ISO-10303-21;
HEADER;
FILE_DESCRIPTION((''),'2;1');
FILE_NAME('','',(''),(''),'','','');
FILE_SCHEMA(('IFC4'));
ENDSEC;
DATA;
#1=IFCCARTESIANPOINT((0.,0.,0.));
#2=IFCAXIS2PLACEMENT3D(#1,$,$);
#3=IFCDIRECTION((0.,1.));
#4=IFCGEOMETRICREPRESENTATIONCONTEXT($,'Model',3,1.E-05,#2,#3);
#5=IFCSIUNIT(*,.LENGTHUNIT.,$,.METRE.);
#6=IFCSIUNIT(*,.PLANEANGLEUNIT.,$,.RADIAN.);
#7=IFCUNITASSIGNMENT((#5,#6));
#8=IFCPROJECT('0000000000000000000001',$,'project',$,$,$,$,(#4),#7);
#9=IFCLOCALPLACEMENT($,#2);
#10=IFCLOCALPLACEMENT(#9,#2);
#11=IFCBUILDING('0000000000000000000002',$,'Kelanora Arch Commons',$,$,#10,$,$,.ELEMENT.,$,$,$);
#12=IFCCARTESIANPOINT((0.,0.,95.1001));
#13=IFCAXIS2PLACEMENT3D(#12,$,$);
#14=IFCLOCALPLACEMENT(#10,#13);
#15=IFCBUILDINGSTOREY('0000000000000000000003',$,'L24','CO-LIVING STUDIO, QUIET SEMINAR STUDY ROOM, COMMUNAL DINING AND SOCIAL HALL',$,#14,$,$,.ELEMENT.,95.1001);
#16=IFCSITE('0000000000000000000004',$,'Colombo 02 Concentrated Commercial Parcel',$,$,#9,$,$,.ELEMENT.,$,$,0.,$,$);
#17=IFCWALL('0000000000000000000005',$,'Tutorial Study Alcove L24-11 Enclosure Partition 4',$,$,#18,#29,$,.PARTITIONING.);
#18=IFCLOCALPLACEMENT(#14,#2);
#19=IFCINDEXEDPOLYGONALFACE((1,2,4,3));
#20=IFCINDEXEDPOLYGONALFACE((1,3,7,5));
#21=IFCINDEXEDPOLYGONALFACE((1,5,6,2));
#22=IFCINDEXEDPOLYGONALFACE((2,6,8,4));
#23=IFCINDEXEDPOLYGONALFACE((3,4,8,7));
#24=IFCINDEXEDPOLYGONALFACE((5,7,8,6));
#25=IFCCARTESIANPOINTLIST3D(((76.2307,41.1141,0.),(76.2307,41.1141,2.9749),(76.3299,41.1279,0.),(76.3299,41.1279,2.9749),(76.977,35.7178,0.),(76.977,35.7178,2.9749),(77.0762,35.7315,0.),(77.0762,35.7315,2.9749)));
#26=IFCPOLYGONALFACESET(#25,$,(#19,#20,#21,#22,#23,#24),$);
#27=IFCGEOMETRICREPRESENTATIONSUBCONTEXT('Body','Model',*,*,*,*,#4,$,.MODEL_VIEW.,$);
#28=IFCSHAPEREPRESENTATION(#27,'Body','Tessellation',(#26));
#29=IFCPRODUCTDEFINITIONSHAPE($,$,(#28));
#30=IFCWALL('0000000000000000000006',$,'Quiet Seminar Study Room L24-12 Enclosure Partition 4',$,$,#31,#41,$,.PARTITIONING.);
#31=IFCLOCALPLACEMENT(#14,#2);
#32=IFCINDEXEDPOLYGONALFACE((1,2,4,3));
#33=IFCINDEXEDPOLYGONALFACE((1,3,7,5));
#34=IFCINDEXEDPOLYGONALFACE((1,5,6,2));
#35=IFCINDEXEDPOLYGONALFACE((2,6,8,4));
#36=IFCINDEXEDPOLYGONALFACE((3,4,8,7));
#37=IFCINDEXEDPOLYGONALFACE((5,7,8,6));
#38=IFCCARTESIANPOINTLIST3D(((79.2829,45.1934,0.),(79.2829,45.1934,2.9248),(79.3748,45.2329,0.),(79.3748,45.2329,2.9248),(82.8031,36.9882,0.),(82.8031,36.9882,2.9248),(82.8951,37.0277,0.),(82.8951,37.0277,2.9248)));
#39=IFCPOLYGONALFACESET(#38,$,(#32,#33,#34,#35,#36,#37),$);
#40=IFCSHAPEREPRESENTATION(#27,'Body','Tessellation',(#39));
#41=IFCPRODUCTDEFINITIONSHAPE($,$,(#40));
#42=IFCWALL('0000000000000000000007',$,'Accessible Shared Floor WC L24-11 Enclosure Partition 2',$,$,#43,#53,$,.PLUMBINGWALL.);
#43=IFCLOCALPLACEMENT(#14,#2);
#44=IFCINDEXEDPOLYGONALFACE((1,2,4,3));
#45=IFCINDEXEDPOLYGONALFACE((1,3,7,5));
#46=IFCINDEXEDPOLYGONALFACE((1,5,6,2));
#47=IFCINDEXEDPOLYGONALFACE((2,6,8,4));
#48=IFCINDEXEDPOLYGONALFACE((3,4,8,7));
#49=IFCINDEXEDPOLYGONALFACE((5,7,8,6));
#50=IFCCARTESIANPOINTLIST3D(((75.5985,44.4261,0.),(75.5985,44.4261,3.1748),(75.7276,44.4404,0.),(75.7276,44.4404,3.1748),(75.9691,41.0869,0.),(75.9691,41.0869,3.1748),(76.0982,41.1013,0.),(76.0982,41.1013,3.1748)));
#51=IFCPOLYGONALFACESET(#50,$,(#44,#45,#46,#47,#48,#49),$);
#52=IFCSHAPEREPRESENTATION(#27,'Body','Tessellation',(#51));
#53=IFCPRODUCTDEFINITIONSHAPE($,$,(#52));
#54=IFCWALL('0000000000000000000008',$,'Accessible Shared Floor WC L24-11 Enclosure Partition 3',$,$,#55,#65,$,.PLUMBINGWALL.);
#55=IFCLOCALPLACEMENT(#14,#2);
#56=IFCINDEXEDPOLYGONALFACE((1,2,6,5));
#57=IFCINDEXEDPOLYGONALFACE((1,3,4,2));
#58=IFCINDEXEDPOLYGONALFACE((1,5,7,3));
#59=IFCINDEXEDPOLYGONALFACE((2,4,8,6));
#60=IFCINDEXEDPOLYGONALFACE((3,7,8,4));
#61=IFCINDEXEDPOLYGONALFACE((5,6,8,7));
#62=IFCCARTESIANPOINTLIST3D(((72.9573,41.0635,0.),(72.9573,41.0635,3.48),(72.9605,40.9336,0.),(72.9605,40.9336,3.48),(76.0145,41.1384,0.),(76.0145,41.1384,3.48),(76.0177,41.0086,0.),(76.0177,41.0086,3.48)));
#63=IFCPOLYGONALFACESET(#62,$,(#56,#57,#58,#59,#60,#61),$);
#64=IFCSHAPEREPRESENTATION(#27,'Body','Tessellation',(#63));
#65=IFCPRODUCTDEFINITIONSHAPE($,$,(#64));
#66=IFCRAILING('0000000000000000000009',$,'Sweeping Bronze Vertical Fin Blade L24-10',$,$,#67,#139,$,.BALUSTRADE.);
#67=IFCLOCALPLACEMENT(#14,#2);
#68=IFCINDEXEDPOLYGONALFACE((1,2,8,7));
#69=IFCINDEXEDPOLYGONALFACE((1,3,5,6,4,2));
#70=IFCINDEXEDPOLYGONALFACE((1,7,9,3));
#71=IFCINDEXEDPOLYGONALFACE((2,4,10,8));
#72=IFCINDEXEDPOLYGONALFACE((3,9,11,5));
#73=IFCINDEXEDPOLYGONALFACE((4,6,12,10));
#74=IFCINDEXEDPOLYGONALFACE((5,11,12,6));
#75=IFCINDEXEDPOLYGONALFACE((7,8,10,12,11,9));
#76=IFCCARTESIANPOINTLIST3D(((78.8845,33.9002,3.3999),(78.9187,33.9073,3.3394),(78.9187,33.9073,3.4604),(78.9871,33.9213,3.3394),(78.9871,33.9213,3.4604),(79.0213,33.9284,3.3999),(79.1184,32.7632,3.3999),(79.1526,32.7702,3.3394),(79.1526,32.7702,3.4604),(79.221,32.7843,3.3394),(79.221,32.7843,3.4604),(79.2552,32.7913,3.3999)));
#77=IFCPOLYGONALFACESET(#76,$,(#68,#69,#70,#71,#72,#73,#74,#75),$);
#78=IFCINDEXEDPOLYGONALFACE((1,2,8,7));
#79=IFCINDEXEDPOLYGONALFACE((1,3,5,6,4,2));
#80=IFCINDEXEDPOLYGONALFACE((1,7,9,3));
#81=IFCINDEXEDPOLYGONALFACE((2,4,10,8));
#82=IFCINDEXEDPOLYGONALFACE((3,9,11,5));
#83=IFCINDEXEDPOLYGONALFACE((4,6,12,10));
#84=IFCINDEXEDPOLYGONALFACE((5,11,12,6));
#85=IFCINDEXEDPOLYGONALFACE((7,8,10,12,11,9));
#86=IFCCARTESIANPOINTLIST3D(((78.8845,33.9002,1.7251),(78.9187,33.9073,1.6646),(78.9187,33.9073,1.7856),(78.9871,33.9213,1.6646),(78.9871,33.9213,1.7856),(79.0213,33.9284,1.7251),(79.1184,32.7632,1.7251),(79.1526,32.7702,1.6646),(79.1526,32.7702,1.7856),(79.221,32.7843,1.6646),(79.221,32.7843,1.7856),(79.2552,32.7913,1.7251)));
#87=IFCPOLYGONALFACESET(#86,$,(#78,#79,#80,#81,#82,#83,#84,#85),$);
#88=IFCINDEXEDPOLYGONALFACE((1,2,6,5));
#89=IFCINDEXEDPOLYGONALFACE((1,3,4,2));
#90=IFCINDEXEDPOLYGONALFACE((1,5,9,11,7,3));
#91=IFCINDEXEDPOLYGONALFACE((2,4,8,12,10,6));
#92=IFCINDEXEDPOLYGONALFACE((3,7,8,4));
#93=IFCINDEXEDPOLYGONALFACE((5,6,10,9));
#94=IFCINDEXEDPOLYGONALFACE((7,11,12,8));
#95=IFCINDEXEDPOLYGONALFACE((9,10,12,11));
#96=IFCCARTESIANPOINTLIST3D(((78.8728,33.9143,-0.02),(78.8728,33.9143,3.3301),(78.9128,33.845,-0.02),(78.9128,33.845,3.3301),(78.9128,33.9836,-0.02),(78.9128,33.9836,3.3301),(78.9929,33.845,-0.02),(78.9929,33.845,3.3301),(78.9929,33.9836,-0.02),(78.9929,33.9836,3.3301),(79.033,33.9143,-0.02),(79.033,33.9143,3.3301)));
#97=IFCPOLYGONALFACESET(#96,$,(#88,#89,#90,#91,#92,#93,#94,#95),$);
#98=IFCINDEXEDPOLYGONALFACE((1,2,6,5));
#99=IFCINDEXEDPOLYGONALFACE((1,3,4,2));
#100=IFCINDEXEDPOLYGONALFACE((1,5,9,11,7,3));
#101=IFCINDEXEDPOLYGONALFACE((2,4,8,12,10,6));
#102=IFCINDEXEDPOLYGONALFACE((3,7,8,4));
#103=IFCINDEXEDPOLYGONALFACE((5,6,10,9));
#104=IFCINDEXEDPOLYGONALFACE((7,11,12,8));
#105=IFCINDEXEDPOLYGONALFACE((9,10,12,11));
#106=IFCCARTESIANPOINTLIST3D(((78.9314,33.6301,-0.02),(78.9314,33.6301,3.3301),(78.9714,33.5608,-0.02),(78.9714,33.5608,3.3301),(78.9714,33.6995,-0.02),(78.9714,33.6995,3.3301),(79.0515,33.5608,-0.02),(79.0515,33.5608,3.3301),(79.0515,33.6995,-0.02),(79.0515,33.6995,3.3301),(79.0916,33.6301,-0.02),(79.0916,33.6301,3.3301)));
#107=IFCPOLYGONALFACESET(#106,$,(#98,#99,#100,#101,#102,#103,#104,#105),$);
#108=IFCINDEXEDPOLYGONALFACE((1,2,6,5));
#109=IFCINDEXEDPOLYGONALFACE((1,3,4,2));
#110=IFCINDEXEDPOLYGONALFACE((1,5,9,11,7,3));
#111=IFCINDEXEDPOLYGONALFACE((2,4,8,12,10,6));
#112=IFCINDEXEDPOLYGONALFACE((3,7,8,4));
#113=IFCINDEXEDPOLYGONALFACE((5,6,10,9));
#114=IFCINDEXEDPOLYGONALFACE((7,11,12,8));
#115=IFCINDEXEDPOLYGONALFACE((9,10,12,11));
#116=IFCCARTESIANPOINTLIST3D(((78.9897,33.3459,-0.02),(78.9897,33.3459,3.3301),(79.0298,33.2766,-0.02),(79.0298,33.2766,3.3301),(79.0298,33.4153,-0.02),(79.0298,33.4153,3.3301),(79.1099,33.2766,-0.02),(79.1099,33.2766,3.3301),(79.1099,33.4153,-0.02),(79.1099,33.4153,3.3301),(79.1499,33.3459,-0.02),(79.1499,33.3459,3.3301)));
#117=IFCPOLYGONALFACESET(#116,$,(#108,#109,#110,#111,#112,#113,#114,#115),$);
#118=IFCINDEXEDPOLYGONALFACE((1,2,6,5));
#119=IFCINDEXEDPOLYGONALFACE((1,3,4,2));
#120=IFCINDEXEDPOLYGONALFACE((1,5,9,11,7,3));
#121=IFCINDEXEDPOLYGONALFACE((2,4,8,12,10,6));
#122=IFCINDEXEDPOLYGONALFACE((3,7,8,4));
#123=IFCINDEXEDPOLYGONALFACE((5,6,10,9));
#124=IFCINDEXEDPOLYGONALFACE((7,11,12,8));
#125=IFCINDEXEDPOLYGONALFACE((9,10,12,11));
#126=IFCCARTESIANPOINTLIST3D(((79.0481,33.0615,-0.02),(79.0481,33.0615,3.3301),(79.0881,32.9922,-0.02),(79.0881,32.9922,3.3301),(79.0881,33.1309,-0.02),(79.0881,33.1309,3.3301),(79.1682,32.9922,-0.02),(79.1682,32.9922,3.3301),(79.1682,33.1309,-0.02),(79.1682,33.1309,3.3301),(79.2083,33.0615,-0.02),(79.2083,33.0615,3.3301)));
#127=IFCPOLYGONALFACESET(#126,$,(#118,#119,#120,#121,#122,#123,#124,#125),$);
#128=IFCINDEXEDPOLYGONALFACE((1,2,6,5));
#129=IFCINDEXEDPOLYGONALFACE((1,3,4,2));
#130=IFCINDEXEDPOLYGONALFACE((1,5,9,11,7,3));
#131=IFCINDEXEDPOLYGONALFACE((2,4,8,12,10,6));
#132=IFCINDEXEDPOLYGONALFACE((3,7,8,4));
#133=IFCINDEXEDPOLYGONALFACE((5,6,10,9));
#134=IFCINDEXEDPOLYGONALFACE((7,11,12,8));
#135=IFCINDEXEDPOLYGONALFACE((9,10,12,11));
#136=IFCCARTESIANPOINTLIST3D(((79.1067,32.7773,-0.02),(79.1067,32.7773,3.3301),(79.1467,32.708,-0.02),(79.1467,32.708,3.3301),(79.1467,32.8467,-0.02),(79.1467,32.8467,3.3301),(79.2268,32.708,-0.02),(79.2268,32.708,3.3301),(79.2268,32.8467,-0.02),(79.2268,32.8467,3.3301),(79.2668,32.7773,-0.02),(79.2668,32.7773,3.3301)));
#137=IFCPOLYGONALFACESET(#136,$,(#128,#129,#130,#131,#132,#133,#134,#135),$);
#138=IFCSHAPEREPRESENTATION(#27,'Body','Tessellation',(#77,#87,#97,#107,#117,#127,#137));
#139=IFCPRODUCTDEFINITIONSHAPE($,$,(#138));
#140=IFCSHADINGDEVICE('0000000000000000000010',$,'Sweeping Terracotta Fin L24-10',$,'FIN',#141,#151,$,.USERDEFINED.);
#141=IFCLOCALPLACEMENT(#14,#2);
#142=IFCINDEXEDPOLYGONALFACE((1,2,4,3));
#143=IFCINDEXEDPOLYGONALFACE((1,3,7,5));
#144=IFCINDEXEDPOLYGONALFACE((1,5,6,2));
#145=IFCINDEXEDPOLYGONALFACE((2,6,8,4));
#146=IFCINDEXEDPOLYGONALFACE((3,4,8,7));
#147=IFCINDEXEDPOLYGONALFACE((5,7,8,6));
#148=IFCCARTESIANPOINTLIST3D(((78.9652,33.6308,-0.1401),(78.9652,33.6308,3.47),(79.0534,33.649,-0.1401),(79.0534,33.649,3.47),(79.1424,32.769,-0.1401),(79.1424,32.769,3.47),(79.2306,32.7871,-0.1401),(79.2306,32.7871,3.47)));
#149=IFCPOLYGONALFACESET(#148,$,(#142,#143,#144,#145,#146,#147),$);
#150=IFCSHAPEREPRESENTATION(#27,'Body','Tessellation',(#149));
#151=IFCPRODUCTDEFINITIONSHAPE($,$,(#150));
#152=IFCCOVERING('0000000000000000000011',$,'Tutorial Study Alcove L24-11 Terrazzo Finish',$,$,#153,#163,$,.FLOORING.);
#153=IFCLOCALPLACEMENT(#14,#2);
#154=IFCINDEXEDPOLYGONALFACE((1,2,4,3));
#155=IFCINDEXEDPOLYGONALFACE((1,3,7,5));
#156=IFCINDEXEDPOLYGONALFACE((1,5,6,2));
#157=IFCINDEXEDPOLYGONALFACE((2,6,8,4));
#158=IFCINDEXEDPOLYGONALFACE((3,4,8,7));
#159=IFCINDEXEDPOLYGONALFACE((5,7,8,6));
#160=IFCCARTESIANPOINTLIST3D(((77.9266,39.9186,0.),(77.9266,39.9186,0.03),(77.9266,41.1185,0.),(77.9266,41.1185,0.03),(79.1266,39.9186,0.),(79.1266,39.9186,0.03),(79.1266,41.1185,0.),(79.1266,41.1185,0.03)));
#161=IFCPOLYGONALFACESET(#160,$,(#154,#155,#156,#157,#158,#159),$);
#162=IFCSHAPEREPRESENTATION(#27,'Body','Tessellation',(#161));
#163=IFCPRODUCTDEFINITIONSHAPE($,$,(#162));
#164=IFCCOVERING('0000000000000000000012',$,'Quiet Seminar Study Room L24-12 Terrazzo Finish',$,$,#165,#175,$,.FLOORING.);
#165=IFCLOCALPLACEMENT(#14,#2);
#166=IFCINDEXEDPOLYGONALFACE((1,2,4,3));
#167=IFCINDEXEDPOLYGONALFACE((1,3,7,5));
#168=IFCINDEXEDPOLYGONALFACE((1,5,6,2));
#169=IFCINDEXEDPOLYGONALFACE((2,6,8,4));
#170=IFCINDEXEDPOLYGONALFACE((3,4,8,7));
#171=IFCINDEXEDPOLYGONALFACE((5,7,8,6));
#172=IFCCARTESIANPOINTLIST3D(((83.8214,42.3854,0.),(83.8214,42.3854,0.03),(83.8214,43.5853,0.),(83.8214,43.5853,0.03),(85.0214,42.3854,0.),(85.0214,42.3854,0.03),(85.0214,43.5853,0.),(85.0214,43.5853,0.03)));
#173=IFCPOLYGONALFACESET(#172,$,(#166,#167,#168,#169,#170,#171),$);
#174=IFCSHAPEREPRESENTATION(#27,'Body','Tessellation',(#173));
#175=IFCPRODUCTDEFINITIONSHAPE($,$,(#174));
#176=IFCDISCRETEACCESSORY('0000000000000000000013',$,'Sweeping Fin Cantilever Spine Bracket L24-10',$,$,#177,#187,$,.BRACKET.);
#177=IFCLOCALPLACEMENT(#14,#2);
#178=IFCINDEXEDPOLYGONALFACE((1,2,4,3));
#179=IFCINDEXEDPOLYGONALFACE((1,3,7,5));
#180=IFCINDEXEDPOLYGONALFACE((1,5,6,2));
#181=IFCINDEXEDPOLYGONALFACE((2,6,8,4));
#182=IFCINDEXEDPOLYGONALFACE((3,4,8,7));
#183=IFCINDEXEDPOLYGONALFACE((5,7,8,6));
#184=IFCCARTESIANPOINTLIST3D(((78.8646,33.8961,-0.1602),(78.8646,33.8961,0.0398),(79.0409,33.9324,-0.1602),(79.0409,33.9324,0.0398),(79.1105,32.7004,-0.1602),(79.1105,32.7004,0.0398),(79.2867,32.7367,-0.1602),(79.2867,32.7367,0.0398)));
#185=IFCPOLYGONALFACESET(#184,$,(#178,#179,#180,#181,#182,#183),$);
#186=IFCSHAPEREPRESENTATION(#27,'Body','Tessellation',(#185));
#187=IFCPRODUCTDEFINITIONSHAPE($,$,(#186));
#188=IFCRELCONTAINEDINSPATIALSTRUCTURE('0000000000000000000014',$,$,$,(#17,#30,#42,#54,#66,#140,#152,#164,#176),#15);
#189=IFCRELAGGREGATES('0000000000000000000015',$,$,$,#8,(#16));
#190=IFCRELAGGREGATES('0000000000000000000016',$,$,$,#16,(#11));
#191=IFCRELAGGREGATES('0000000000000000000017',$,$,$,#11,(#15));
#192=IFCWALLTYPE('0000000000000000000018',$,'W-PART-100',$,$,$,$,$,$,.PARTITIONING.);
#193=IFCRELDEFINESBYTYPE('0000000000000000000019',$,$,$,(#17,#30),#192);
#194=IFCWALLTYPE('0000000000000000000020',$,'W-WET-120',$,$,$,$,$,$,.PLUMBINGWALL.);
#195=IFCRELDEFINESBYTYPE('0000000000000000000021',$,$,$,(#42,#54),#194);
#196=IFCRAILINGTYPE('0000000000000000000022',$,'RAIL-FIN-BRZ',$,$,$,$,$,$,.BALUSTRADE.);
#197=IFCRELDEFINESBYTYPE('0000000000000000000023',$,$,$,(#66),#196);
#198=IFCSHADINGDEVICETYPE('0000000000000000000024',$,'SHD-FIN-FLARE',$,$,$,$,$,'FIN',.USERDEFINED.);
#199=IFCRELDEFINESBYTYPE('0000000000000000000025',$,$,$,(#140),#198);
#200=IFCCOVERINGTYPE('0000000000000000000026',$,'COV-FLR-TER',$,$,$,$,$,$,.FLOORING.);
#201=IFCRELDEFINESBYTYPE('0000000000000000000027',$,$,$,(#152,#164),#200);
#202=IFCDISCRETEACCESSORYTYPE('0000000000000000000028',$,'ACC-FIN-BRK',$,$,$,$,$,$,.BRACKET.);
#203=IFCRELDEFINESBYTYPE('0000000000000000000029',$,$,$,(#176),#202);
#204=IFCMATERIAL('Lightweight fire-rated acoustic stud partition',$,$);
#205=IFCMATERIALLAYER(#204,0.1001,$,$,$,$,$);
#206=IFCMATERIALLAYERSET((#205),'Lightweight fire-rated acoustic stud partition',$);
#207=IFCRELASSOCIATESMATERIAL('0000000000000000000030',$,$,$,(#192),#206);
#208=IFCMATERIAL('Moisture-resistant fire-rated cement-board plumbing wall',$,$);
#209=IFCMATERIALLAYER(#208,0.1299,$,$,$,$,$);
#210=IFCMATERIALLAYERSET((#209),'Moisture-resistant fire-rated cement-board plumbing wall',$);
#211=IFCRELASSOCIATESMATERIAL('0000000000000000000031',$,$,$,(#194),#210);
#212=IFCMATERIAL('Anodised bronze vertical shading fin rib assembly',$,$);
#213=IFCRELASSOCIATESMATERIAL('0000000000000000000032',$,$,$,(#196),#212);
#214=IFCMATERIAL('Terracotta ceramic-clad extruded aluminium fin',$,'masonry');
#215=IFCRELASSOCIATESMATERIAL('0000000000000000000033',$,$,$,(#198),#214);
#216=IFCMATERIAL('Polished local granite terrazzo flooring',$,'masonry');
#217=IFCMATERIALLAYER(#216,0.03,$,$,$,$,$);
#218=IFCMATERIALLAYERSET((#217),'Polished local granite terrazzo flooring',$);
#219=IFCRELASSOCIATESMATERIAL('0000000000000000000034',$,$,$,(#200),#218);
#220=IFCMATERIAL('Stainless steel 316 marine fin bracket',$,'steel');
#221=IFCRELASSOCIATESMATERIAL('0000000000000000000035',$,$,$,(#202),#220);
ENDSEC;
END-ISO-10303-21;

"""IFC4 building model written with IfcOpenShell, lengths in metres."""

from ifc_helpers import new_model, si_unit, direction, frame, frame_2d, origin, origin_2d, place, context, subcontext, project, spatial, polyline, rectangle, outline, extrude, source, transform, mapped, material, layer, layer_set, type_object, element, save


model = new_model("IFC4")

# Units and contexts
model_context = context("Model", 3, precision=1e-05, world=origin(), true_north=direction((0.0, 1.0)))
body_context = subcontext(model_context, "Body", "Model", "MODEL_VIEW")
ifc_project = project(units=[si_unit("LENGTHUNIT", "METRE"), si_unit("PLANEANGLEUNIT", "RADIAN")], contexts=[model_context])

# Site, building, storey
site_placement = place(None, origin())
site = spatial("IfcSite", under=ifc_project, at=site_placement, Name="Colombo 02 Concentrated Commercial Parcel", CompositionType="ELEMENT", RefElevation=0.0)
building_placement = place(site_placement, origin())
building = spatial("IfcBuilding", under=site, at=building_placement, Name="Kelanora Arch Commons", CompositionType="ELEMENT")
storey_placement = place(building_placement, frame((0.0, 0.0, 95.1001)))
storey = spatial("IfcBuildingStorey", under=building, at=storey_placement, Name="L24", Description="CO-LIVING STUDIO, QUIET SEMINAR STUDY ROOM, COMMUNAL DINING AND SOCIAL HALL", CompositionType="ELEMENT", Elevation=95.1001)

# Walls
ifc_material_1 = material(Name="Lightweight fire-rated acoustic stud partition")
ifc_layer_1 = layer(ifc_material_1, 0.1001)
ifc_layer_set_1 = layer_set([ifc_layer_1], Name="Lightweight fire-rated acoustic stud partition")
wall_type_1 = type_object("IfcWallType", Name="W-PART-100", PredefinedType="PARTITIONING", material=ifc_layer_set_1)
wall_1_placement = place(storey_placement, frame((77.0266, 35.7246, 0.0), z_axis=(0.0, 0.0, 1.0), x_axis=(-0.136997, 0.990571, 0.0)))
element("IfcWall", 1, at=wall_1_placement, inside=storey, type_object=wall_type_1, Name="Tutorial Study Alcove L24-11 Enclosure Partition 4", PredefinedType="PARTITIONING", context=body_context, shape_type="SweptSolid", body=[
    extrude(rectangle(XDim=5.4478, YDim=0.1001, at=frame_2d((2.7239, 0.0))), origin(), (0.0, 0.0, 1.0), 2.9749),
])
wall_2_placement = place(storey_placement, frame((82.8491, 37.0078, 0.0), z_axis=(0.0, 0.0, 1.0), x_axis=(-0.394269, 0.918995, 0.0)))
element("IfcWall", 2, at=wall_2_placement, inside=storey, type_object=wall_type_1, Name="Quiet Seminar Study Room L24-12 Enclosure Partition 4", PredefinedType="PARTITIONING", context=body_context, shape_type="SweptSolid", body=[
    extrude(rectangle(XDim=8.9285, YDim=0.1001, at=frame_2d((4.4644, 0.0))), origin(), (0.0, 0.0, 1.0), 2.9248),
])
ifc_material_2 = material(Name="Moisture-resistant fire-rated cement-board plumbing wall")
ifc_layer_2 = layer(ifc_material_2, 0.1299)
ifc_layer_set_2 = layer_set([ifc_layer_2], Name="Moisture-resistant fire-rated cement-board plumbing wall")
wall_type_2 = type_object("IfcWallType", Name="W-WET-120", PredefinedType="PLUMBINGWALL", material=ifc_layer_set_2)
wall_3_placement = place(storey_placement, frame((75.6631, 44.4331, 0.0), z_axis=(0.0, 0.0, 1.0), x_axis=(0.110312, -0.993897, 0.0)))
element("IfcWall", 3, at=wall_3_placement, inside=storey, type_object=wall_type_2, Name="Accessible Shared Floor WC L24-11 Enclosure Partition 2", PredefinedType="PLUMBINGWALL", context=body_context, shape_type="SweptSolid", body=[
    extrude(rectangle(XDim=3.3596, YDim=0.1299, at=frame_2d((1.6797, 0.0))), origin(), (0.0, 0.0, 1.0), 3.1748),
])
wall_4_placement = place(storey_placement, frame((76.0161, 41.0735, 0.0), z_axis=(0.0, 0.0, 1.0), x_axis=(-0.9997, -0.024509, 0.0)))
element("IfcWall", 4, at=wall_4_placement, inside=storey, type_object=wall_type_2, Name="Accessible Shared Floor WC L24-11 Enclosure Partition 3", PredefinedType="PLUMBINGWALL", context=body_context, shape_type="SweptSolid", body=[
    extrude(rectangle(XDim=3.0581, YDim=0.1299, at=frame_2d((1.5291, 0.0))), origin(), (0.0, 0.0, 1.0), 3.48),
])

# Railing
ifc_material_3 = material(Name="Anodised bronze vertical shading fin rib assembly")
railing_type = type_object("IfcRailingType", Name="RAIL-FIN-BRZ", PredefinedType="BALUSTRADE", material=ifc_material_3)
railing_placement = place(storey_placement, frame((78.9529, 33.9143, -0.02)))
element("IfcRailing", 5, at=railing_placement, inside=storey, type_object=railing_type, Name="Sweeping Bronze Vertical Fin Blade L24-10", PredefinedType="BALUSTRADE", context=body_context, shape_type="SweptSolid", body=[
    extrude(outline(polyline([(0.0698, 0.0), (0.0349, 0.0605), (-0.0349, 0.0605), (-0.0698, 0.0), (-0.0349, -0.0605), (0.0349, -0.0605), (0.0698, 0.0)])), frame((0.0, 0.0, 3.4199), z_axis=(0.201493, -0.97949, 0.0), x_axis=(0.97949, 0.201493, 0.0)), (0.0, 0.0, 1.0), 1.1609),
    extrude(outline(polyline([(0.0698, 0.0), (0.0349, 0.0605), (-0.0349, 0.0605), (-0.0698, 0.0), (-0.0349, -0.0605), (0.0349, -0.0605), (0.0698, 0.0)])), frame((0.0, 0.0, 1.7451), z_axis=(0.201493, -0.97949, 0.0), x_axis=(0.97949, 0.201493, 0.0)), (0.0, 0.0, 1.0), 1.1609),
    extrude(outline(polyline([(0.0801, 0.0), (0.04, 0.0693), (-0.04, 0.0693), (-0.0801, 0.0), (-0.04, -0.0693), (0.04, -0.0693), (0.0801, 0.0)])), origin(), (0.0, 0.0, 1.0), 3.3501),
    extrude(outline(polyline([(0.0801, 0.0), (0.04, 0.0693), (-0.04, 0.0693), (-0.0801, 0.0), (-0.04, -0.0693), (0.04, -0.0693), (0.0801, 0.0)])), frame((0.0586, -0.2842, 0.0)), (0.0, 0.0, 1.0), 3.3501),
    extrude(outline(polyline([(0.0801, 0.0), (0.04, 0.0693), (-0.04, 0.0693), (-0.0801, 0.0), (-0.04, -0.0693), (0.04, -0.0693), (0.0801, 0.0)])), frame((0.1169, -0.5684, 0.0)), (0.0, 0.0, 1.0), 3.3501),
    extrude(outline(polyline([(0.0801, 0.0), (0.04, 0.0693), (-0.04, 0.0693), (-0.0801, 0.0), (-0.04, -0.0693), (0.04, -0.0693), (0.0801, 0.0)])), frame((0.1753, -0.8528, 0.0)), (0.0, 0.0, 1.0), 3.3501),
    extrude(outline(polyline([(0.0801, 0.0), (0.04, 0.0693), (-0.04, 0.0693), (-0.0801, 0.0), (-0.04, -0.0693), (0.04, -0.0693), (0.0801, 0.0)])), frame((0.2339, -1.137, 0.0)), (0.0, 0.0, 1.0), 3.3501),
])

# Shading device
ifc_material_4 = material(Name="Terracotta ceramic-clad extruded aluminium fin", Category="masonry")
shading_device_type = type_object("IfcShadingDeviceType", Name="SHD-FIN-FLARE", ElementType="FIN", PredefinedType="USERDEFINED", material=ifc_material_4)
shared_shape_1 = source(origin(), body_context, "Body", "SweptSolid", [
    extrude(rectangle(XDim=0.8799, YDim=0.0901, at=origin_2d()), origin(), (0.0, 0.0, 1.0), 3.6101),
])
shading_device_placement = place(storey_placement, frame((79.0979, 33.209, -0.1401), z_axis=(0.0, 0.0, 1.0), x_axis=(0.20142, -0.979505, 0.0)))
element("IfcShadingDevice", 6, at=shading_device_placement, inside=storey, type_object=shading_device_type, Name="Sweeping Terracotta Fin L24-10", ObjectType="FIN", PredefinedType="USERDEFINED", context=body_context, shape_type="MappedRepresentation", body=[
    mapped(shared_shape_1, transform((0.0, 0.0, 0.0), scale=1.0)),
])

# Coverings
ifc_material_5 = material(Name="Polished local granite terrazzo flooring", Category="masonry")
ifc_layer_3 = layer(ifc_material_5, 0.03)
ifc_layer_set_3 = layer_set([ifc_layer_3], Name="Polished local granite terrazzo flooring")
covering_type = type_object("IfcCoveringType", Name="COV-FLR-TER", PredefinedType="FLOORING", material=ifc_layer_set_3)
shared_shape_2 = source(origin(), body_context, "Body", "SweptSolid", [
    extrude(rectangle(XDim=1.2, YDim=1.2, at=origin_2d()), origin(), (0.0, 0.0, 1.0), 0.03),
])
for number, where, z_axis, x_axis, name in (
    (7, (78.5266, 40.5186, 0.0), (0.0, 0.0, 1.0), (1.0, 0.0, 0.0), "Tutorial Study Alcove L24-11 Terrazzo Finish"),
    (8, (84.4214, 42.9854, 0.0), (0.0, 0.0, 1.0), (1.0, 0.0, 0.0), "Quiet Seminar Study Room L24-12 Terrazzo Finish"),
):
    element("IfcCovering", number, at=place(storey_placement, frame(where, z_axis=z_axis, x_axis=x_axis)), inside=storey, type_object=covering_type, Name=name, PredefinedType="FLOORING", context=body_context, shape_type="MappedRepresentation", body=[
        mapped(shared_shape_2, transform((0.0, 0.0, 0.0), scale=1.0)),
    ])

# Discrete accessory
ifc_material_6 = material(Name="Stainless steel 316 marine fin bracket", Category="steel")
discrete_accessory_type = type_object("IfcDiscreteAccessoryType", Name="ACC-FIN-BRK", PredefinedType="BRACKET", material=ifc_material_6)
shared_shape_3 = source(origin(), body_context, "Body", "SweptSolid", [
    extrude(rectangle(XDim=1.2207, YDim=0.1799, at=origin_2d()), origin(), (0.0, 0.0, 1.0), 0.2),
])
discrete_accessory_placement = place(storey_placement, frame((79.0757, 33.3164, -0.1602), z_axis=(0.0, 0.0, 1.0), x_axis=(0.20142, -0.979505, 0.0)))
element("IfcDiscreteAccessory", 9, at=discrete_accessory_placement, inside=storey, type_object=discrete_accessory_type, Name="Sweeping Fin Cantilever Spine Bracket L24-10", PredefinedType="BRACKET", context=body_context, shape_type="MappedRepresentation", body=[
    mapped(shared_shape_3, transform((0.0, 0.0, 0.0), scale=1.0)),
])

save(model, "model.ifc")
